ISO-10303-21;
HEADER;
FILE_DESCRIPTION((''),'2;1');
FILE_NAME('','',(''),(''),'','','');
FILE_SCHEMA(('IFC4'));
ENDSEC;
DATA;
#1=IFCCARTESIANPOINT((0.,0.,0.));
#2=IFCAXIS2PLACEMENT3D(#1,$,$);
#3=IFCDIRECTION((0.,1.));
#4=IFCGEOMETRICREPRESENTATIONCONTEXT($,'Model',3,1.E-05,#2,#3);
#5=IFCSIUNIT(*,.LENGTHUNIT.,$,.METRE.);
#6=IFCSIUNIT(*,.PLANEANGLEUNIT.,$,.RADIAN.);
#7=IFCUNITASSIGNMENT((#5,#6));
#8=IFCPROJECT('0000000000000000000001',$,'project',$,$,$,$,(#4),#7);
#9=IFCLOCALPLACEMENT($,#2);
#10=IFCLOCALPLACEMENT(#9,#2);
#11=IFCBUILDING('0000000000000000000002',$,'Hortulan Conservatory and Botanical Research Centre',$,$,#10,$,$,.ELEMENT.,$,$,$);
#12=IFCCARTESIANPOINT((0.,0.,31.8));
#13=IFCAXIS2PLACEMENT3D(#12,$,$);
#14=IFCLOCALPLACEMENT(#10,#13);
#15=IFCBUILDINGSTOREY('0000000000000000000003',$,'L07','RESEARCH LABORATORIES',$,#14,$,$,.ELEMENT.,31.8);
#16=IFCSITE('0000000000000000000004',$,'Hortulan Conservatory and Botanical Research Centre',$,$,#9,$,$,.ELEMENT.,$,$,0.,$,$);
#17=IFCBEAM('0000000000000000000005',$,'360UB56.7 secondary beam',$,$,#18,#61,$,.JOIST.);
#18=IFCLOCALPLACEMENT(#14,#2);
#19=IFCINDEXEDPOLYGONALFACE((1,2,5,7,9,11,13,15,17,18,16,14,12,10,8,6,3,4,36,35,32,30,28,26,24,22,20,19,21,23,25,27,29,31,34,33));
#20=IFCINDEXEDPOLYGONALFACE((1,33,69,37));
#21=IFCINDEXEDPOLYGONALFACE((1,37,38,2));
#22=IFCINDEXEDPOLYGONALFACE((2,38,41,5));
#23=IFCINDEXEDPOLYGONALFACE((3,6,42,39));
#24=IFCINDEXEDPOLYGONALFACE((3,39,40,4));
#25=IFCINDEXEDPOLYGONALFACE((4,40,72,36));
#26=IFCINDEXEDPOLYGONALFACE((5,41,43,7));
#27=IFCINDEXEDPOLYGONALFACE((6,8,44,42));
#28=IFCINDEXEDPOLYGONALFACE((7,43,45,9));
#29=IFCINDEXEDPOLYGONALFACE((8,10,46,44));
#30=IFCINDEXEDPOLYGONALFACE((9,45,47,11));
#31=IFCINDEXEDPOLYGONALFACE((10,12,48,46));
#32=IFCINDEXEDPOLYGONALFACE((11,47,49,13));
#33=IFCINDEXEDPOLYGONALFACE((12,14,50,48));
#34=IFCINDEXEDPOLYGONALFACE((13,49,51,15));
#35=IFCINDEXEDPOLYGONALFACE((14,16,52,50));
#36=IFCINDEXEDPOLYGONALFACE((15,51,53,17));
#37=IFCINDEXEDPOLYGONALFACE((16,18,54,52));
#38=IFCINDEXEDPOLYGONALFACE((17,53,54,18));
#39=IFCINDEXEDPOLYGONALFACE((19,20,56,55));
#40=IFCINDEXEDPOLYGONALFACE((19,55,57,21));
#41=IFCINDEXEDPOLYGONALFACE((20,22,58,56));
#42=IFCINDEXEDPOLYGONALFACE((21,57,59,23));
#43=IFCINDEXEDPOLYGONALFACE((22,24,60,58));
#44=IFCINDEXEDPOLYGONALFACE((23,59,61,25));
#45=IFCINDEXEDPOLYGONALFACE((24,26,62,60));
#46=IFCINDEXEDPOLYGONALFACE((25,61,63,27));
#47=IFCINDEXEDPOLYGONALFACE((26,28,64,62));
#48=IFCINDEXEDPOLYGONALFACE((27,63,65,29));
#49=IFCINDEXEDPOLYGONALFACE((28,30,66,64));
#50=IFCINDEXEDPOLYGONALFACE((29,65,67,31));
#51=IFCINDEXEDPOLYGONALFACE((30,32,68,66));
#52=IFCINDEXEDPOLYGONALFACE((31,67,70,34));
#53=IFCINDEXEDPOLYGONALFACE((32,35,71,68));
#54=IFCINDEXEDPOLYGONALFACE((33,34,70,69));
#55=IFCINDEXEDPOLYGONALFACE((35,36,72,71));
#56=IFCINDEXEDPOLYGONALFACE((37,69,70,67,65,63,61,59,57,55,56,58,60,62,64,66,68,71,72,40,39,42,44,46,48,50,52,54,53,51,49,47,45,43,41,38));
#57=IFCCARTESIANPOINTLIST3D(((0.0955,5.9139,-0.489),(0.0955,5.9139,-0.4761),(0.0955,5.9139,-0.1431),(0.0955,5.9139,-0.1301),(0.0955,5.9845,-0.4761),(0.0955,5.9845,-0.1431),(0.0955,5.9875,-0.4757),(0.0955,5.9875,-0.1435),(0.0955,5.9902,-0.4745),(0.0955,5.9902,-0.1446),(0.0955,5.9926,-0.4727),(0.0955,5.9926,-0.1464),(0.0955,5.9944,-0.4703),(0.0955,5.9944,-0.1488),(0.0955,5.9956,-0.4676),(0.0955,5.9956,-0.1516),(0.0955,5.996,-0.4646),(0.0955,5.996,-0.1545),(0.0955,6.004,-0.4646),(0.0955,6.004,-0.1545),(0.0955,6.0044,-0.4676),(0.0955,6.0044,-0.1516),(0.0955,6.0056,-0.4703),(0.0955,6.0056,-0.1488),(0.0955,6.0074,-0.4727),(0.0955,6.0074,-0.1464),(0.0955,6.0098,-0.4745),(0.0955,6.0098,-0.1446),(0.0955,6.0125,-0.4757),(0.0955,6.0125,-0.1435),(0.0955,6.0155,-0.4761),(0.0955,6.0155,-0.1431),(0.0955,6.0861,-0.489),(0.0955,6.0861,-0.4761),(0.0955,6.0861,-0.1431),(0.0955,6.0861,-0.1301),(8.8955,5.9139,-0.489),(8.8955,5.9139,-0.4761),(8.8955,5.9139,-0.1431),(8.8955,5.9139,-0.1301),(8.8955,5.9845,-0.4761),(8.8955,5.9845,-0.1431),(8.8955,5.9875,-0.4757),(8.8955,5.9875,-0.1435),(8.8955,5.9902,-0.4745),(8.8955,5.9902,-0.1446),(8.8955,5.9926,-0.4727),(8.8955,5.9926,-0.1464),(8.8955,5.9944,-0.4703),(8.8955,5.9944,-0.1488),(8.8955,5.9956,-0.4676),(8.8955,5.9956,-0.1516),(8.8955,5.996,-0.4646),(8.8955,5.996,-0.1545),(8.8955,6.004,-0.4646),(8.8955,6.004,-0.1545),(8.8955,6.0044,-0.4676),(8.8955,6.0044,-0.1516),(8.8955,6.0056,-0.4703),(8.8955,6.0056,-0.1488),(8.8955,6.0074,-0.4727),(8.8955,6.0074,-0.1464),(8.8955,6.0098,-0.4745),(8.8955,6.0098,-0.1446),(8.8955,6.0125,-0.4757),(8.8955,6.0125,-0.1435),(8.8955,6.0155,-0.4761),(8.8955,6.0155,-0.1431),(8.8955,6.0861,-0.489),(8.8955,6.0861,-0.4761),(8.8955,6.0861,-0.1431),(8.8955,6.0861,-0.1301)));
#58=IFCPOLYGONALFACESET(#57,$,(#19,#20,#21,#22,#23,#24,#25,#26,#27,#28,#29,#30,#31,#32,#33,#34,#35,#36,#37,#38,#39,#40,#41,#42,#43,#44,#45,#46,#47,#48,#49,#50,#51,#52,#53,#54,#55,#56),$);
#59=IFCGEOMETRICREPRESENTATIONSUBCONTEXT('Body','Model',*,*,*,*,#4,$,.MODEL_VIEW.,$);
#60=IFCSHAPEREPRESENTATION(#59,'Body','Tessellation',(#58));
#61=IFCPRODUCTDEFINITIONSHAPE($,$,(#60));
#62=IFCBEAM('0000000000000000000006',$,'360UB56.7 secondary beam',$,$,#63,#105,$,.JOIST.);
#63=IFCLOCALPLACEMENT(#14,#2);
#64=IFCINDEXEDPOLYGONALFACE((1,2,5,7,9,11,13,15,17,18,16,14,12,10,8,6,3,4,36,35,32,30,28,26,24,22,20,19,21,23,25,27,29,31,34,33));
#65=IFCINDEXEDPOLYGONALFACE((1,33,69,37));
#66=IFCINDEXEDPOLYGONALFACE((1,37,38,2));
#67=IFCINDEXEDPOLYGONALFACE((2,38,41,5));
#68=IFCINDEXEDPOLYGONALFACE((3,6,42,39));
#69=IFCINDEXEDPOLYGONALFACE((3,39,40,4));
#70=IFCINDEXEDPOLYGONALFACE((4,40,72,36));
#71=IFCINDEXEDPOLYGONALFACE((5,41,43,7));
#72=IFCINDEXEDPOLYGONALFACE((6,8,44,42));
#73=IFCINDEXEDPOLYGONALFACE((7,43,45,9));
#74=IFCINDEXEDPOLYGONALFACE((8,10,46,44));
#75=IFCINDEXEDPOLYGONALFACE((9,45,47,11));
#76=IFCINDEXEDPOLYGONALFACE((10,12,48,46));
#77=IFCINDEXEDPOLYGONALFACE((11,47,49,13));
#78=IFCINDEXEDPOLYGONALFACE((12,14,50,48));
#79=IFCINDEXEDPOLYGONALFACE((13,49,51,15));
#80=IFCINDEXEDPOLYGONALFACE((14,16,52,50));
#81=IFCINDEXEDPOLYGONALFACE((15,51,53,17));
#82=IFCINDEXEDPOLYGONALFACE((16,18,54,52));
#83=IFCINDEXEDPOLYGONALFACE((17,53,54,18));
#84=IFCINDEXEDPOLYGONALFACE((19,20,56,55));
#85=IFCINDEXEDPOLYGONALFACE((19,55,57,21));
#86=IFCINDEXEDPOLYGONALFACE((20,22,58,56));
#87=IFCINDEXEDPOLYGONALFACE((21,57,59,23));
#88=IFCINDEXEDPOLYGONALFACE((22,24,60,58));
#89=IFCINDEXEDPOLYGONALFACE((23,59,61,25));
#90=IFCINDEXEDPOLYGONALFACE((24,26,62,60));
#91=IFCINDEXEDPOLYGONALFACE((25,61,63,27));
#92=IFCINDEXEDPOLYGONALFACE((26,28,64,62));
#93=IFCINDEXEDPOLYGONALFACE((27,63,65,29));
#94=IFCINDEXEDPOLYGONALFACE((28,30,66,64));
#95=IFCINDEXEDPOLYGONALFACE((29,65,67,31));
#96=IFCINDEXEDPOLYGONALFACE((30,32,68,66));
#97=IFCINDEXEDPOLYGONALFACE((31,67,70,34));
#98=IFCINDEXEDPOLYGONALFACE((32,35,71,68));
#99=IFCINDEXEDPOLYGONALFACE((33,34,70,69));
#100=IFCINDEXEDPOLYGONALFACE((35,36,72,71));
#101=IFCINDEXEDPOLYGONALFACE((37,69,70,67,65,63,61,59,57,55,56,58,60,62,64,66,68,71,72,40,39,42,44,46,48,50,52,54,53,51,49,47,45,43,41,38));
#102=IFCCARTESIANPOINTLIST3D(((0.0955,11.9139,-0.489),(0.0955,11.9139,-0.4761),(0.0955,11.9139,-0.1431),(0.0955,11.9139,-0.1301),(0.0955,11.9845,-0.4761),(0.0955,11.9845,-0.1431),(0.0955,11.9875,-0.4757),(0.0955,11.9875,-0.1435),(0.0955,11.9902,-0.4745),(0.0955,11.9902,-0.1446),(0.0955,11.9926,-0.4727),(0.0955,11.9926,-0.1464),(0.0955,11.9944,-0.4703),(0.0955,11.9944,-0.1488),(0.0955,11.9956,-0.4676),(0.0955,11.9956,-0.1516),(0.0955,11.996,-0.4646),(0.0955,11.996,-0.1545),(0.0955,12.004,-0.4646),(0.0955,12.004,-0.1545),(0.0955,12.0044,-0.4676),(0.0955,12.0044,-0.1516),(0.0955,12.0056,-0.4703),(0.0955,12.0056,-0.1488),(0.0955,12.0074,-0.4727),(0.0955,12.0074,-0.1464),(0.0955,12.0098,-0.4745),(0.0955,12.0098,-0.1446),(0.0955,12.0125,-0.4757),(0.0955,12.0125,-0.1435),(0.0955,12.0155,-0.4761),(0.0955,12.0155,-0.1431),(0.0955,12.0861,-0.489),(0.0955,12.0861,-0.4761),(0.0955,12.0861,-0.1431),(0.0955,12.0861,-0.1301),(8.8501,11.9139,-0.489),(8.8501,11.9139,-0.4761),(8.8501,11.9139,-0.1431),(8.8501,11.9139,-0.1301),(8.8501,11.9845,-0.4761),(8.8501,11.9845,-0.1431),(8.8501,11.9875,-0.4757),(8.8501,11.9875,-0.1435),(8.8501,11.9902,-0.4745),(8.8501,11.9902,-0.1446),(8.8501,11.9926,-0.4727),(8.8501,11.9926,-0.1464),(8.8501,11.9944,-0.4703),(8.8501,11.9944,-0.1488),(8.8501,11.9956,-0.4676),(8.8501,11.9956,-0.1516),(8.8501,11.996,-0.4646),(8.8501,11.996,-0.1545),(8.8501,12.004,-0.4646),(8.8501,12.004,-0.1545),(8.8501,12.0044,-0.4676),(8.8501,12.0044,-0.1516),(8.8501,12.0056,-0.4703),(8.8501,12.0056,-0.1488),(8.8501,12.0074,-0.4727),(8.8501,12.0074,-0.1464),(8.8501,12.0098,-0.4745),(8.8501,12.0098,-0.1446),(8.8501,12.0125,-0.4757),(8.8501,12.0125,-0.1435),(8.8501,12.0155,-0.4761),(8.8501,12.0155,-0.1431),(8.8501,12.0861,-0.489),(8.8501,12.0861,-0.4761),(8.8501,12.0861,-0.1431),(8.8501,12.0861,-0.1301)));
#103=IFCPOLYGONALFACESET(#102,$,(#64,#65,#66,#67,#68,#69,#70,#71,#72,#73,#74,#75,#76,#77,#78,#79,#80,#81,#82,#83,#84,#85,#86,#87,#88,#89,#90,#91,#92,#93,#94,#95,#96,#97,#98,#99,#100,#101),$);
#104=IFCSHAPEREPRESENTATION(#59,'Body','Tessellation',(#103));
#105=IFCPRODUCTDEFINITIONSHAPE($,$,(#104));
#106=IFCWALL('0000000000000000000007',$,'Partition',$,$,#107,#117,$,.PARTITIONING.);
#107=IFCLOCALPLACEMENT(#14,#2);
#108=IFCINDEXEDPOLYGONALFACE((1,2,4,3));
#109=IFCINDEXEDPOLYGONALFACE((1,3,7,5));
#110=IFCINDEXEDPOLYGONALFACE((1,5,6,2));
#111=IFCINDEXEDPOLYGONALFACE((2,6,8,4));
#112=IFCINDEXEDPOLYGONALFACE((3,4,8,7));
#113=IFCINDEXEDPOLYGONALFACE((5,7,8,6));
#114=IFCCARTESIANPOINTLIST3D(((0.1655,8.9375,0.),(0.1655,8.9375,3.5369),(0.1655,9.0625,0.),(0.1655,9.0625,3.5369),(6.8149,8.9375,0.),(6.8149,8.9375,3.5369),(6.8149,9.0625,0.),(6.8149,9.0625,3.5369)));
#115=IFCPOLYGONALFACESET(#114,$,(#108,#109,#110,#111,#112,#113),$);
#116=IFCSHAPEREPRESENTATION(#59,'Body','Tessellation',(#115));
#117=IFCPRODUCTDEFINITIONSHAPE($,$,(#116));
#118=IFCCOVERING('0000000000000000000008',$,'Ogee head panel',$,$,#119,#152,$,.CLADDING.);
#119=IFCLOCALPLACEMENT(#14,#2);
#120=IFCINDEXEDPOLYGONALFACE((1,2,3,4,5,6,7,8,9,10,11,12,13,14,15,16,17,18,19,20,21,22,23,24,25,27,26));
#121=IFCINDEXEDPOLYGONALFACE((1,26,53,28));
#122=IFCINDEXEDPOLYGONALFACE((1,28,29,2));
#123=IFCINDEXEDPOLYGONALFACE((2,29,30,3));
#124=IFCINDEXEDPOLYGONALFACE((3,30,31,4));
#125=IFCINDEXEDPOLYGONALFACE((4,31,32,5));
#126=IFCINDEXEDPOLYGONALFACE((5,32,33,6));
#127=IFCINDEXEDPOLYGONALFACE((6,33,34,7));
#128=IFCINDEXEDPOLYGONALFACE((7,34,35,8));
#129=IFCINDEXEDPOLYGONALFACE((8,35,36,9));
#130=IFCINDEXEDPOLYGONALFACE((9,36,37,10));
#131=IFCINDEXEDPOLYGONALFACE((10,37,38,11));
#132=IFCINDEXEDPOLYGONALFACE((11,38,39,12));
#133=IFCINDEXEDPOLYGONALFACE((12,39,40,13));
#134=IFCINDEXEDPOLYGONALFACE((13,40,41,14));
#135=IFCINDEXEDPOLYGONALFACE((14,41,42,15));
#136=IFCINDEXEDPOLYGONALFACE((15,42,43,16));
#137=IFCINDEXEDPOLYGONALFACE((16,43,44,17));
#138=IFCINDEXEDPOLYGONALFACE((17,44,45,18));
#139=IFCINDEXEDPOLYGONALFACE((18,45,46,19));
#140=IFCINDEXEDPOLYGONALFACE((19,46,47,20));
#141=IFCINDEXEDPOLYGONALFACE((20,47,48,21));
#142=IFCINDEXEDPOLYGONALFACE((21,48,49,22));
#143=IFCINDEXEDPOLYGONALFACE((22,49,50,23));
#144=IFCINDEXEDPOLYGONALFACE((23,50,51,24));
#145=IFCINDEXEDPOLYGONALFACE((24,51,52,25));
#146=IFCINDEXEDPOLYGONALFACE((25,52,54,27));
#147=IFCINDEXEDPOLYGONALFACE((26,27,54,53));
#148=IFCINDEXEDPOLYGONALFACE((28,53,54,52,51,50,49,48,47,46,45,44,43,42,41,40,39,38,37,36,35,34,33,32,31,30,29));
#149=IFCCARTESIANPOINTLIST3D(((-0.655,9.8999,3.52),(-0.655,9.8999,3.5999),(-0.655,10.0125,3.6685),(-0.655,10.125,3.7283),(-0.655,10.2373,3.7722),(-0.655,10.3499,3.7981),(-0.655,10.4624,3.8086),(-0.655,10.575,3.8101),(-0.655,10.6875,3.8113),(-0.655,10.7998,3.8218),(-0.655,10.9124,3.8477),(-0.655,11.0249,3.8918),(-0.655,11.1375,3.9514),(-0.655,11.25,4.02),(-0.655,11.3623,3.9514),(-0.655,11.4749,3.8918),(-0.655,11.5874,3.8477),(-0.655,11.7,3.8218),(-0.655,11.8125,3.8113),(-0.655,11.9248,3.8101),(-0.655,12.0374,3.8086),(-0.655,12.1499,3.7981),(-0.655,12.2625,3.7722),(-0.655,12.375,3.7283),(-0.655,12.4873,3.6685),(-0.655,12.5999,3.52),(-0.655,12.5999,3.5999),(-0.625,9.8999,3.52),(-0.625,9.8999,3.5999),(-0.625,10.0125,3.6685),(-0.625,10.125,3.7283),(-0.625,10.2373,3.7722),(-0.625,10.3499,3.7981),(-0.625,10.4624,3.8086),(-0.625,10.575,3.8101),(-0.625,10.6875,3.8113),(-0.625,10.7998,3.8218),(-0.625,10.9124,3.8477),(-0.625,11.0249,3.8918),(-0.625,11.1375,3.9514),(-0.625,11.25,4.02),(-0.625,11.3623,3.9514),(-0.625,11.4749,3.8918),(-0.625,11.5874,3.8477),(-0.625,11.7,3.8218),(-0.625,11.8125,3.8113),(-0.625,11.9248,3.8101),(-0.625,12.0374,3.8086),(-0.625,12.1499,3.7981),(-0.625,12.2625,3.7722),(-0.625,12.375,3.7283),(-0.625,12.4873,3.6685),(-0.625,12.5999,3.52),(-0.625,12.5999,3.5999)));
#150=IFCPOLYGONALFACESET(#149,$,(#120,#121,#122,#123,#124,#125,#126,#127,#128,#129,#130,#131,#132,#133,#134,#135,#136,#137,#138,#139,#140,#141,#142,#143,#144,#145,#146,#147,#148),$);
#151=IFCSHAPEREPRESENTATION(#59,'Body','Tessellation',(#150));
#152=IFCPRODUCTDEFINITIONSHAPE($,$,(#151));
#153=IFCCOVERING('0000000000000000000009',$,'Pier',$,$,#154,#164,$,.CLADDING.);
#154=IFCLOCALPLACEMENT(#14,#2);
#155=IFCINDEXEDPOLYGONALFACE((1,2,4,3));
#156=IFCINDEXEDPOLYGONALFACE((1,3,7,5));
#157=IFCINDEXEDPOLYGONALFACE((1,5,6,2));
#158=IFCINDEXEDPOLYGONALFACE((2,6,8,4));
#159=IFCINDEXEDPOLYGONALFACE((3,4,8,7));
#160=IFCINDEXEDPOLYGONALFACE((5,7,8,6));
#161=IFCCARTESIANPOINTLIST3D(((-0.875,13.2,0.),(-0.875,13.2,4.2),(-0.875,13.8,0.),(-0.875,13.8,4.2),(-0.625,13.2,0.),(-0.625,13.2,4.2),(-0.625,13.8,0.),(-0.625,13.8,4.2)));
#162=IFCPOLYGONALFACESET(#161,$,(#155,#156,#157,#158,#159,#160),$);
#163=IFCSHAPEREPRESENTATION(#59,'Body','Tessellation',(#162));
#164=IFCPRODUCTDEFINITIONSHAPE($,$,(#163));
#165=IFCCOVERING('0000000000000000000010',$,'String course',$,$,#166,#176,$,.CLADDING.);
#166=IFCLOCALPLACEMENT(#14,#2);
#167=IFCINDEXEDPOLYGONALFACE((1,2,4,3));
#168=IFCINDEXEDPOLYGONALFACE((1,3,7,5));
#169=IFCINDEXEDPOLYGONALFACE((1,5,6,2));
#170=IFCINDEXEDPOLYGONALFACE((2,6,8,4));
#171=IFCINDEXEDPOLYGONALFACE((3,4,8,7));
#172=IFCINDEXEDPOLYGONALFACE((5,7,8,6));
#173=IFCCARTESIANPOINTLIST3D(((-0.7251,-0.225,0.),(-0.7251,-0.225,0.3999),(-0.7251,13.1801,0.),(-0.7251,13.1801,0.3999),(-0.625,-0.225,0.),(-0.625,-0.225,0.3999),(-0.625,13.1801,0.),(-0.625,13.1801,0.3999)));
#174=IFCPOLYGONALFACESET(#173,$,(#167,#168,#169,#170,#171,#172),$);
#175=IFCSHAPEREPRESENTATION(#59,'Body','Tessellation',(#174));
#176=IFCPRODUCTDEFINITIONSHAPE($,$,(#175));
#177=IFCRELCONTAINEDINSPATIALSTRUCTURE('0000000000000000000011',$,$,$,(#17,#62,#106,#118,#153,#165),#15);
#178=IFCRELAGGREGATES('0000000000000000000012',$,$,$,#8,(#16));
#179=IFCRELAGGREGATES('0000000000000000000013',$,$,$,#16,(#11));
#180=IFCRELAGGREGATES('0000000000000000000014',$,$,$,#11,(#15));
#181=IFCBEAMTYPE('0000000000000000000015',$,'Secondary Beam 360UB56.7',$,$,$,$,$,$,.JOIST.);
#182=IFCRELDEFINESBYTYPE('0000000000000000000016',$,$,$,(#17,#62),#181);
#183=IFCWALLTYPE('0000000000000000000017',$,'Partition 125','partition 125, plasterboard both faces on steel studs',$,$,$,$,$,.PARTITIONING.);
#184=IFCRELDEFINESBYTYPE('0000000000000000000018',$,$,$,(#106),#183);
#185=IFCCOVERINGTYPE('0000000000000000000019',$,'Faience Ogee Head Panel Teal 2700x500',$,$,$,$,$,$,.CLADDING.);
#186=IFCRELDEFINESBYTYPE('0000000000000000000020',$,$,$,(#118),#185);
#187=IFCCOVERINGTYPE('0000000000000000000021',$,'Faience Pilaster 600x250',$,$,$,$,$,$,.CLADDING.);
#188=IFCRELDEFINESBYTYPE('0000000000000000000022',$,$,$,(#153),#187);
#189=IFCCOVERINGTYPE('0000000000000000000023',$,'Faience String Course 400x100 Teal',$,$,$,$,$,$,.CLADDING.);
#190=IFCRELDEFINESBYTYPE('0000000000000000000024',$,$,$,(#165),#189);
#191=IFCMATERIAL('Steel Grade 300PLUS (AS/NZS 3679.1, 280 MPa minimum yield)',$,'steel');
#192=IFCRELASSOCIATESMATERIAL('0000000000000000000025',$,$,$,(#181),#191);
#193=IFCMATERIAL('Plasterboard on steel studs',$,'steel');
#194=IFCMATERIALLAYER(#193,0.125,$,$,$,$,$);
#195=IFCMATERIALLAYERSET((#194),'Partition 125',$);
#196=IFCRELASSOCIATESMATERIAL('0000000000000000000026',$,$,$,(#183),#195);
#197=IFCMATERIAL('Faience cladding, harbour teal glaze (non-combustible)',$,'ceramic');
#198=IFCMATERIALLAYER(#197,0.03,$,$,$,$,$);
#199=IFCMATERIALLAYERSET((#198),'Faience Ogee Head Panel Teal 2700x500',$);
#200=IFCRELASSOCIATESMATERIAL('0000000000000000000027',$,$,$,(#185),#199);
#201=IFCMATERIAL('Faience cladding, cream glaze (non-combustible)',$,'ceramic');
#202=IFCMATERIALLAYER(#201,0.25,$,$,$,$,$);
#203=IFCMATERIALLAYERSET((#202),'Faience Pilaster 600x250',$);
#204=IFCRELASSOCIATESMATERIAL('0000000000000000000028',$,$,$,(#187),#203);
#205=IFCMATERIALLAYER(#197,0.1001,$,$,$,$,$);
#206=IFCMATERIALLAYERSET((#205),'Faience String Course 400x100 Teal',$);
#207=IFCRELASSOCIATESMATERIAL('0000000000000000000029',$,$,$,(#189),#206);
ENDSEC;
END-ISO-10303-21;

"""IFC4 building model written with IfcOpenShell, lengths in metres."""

from ifc_helpers import new_model, si_unit, direction, frame, frame_2d, origin, origin_2d, place, context, subcontext, project, spatial, polyline, rectangle, i_section, outline, extrude, material, layer, layer_set, material_profile, profile_set, type_object, element, save


model = new_model("IFC4")

# Units and contexts
model_context = context("Model", 3, precision=1e-05, world=origin(), true_north=direction((0.0, 1.0)))
body_context = subcontext(model_context, "Body", "Model", "MODEL_VIEW")
ifc_project = project(units=[si_unit("LENGTHUNIT", "METRE"), si_unit("PLANEANGLEUNIT", "RADIAN")], contexts=[model_context])

# Site, building, storey
site_placement = place(None, origin())
site = spatial("IfcSite", under=ifc_project, at=site_placement, Name="Hortulan Conservatory and Botanical Research Centre", CompositionType="ELEMENT", RefElevation=0.0)
building_placement = place(site_placement, origin())
building = spatial("IfcBuilding", under=site, at=building_placement, Name="Hortulan Conservatory and Botanical Research Centre", CompositionType="ELEMENT")
storey_placement = place(building_placement, frame((0.0, 0.0, 31.8)))
storey = spatial("IfcBuildingStorey", under=building, at=storey_placement, Name="L07", Description="RESEARCH LABORATORIES", CompositionType="ELEMENT", Elevation=31.8)

# Shared definitions
ifc_material_1 = material(Name="Steel Grade 300PLUS (AS/NZS 3679.1, 280 MPa minimum yield)", Category="steel")

# Beams
ifc_material_profile_1 = material_profile(ifc_material_1, i_section(OverallWidth=0.1721, OverallDepth=0.3589, WebThickness=0.0081, FlangeThickness=0.0129, FilletRadius=0.0115, at=origin_2d()), Name="360UB56.7")
ifc_profile_set_1 = profile_set([ifc_material_profile_1], Name="Steel Grade 300PLUS (AS/NZS 3679.1, 280 MPa minimum yield)")
beam_type_1 = type_object("IfcBeamType", Name="Secondary Beam 360UB56.7", PredefinedType="JOIST", material=ifc_profile_set_1)
for number, where, z_axis, x_axis, name in (
    (1, (0.0955, 6.0, -0.3096), (1.0, 0.0, 0.0), (0.0, 1.0, 0.0), "360UB56.7 secondary beam"),
):
    element("IfcBeam", number, at=place(storey_placement, frame(where, z_axis=z_axis, x_axis=x_axis)), inside=storey, type_object=beam_type_1, Name=name, PredefinedType="JOIST", context=body_context, shape_type="SweptSolid", body=[
        extrude(i_section(OverallWidth=0.1721, OverallDepth=0.3589, WebThickness=0.0081, FlangeThickness=0.0129, FilletRadius=0.0115, at=origin_2d()), origin(), (0.0, 0.0, 1.0), 8.8),
    ])
beam_1_placement = place(storey_placement, frame((0.0955, 12.0, -0.3096), z_axis=(1.0, 0.0, 0.0), x_axis=(0.0, 1.0, 0.0)))
element("IfcBeam", 2, at=beam_1_placement, inside=storey, type_object=beam_type_1, Name="360UB56.7 secondary beam", PredefinedType="JOIST", context=body_context, shape_type="SweptSolid", body=[
    extrude(i_section(OverallWidth=0.1721, OverallDepth=0.3589, WebThickness=0.0081, FlangeThickness=0.0129, FilletRadius=0.0115, at=origin_2d()), origin(), (0.0, 0.0, 1.0), 8.7546),
])

# Wall
ifc_material_2 = material(Name="Plasterboard on steel studs", Category="steel")
ifc_layer_1 = layer(ifc_material_2, 0.125)
ifc_layer_set_1 = layer_set([ifc_layer_1], Name="Partition 125")
wall_type = type_object("IfcWallType", Name="Partition 125", Description="partition 125, plasterboard both faces on steel studs", PredefinedType="PARTITIONING", material=ifc_layer_set_1)
wall_placement = place(storey_placement, frame((0.1655, 9.0, 0.0), z_axis=(0.0, 0.0, 1.0), x_axis=(1.0, 0.0, 0.0)))
element("IfcWall", 3, at=wall_placement, inside=storey, type_object=wall_type, Name="Partition", PredefinedType="PARTITIONING", context=body_context, shape_type="SweptSolid", body=[
    extrude(rectangle(XDim=6.6494, YDim=0.125, at=frame_2d((3.3247, 0.0))), origin(), (0.0, 0.0, 1.0), 3.5369),
])

# Coverings
ifc_material_3 = material(Name="Faience cladding, harbour teal glaze (non-combustible)", Category="ceramic")
ifc_layer_2 = layer(ifc_material_3, 0.03)
ifc_layer_set_2 = layer_set([ifc_layer_2], Name="Faience Ogee Head Panel Teal 2700x500")
covering_type_1 = type_object("IfcCoveringType", Name="Faience Ogee Head Panel Teal 2700x500", PredefinedType="CLADDING", material=ifc_layer_set_2)
covering_1_placement = place(storey_placement, frame((-0.6399, 9.8999, 3.52), z_axis=(0.0, 0.0, 1.0), x_axis=(0.0, 1.0, 0.0)))
element("IfcCovering", 4, at=covering_1_placement, inside=storey, type_object=covering_type_1, Name="Ogee head panel", PredefinedType="CLADDING", context=body_context, shape_type="SweptSolid", body=[
    extrude(outline(polyline([(0.0, 0.0), (2.7, 0.0), (2.7, 0.0798), (2.5874, 0.1484), (2.4751, 0.2083), (2.3625, 0.2522), (2.25, 0.2781), (2.1375, 0.2886), (2.0249, 0.29), (1.9126, 0.2913), (1.8, 0.3018), (1.6875, 0.3276), (1.575, 0.3718), (1.4624, 0.4314), (1.3501, 0.5), (1.2375, 0.4314), (1.125, 0.3718), (1.0125, 0.3276), (0.8999, 0.3018), (0.7876, 0.2913), (0.675, 0.29), (0.5625, 0.2886), (0.45, 0.2781), (0.3374, 0.2522), (0.2251, 0.2083), (0.1125, 0.1484), (0.0, 0.0798), (0.0, 0.0)])), frame((0.0, 0.0151, 0.0), z_axis=(0.0, -1.0, 0.0), x_axis=(1.0, 0.0, 0.0)), (0.0, 0.0, 1.0), 0.03),
])
ifc_material_4 = material(Name="Faience cladding, cream glaze (non-combustible)", Category="ceramic")
ifc_layer_3 = layer(ifc_material_4, 0.25)
ifc_layer_set_3 = layer_set([ifc_layer_3], Name="Faience Pilaster 600x250")
covering_type_2 = type_object("IfcCoveringType", Name="Faience Pilaster 600x250", PredefinedType="CLADDING", material=ifc_layer_set_3)
covering_2_placement = place(storey_placement, frame((-0.75, 13.5, 0.0), z_axis=(0.0, 0.0, 1.0), x_axis=(0.0, 1.0, 0.0)))
element("IfcCovering", 5, at=covering_2_placement, inside=storey, type_object=covering_type_2, Name="Pier", PredefinedType="CLADDING", context=body_context, shape_type="SweptSolid", body=[
    extrude(rectangle(XDim=0.6001, YDim=0.25, at=origin_2d()), origin(), (0.0, 0.0, 1.0), 4.2),
])
ifc_layer_4 = layer(ifc_material_3, 0.1001)
ifc_layer_set_4 = layer_set([ifc_layer_4], Name="Faience String Course 400x100 Teal")
covering_type_3 = type_object("IfcCoveringType", Name="Faience String Course 400x100 Teal", PredefinedType="CLADDING", material=ifc_layer_set_4)
covering_3_placement = place(storey_placement, frame((-0.675, 6.4775, 0.0), z_axis=(0.0, 0.0, 1.0), x_axis=(0.0, 1.0, 0.0)))
element("IfcCovering", 6, at=covering_3_placement, inside=storey, type_object=covering_type_3, Name="String course", PredefinedType="CLADDING", context=body_context, shape_type="SweptSolid", body=[
    extrude(rectangle(XDim=13.405, YDim=0.1001, at=origin_2d()), origin(), (0.0, 0.0, 1.0), 0.3999),
])

save(model, "model.ifc")
